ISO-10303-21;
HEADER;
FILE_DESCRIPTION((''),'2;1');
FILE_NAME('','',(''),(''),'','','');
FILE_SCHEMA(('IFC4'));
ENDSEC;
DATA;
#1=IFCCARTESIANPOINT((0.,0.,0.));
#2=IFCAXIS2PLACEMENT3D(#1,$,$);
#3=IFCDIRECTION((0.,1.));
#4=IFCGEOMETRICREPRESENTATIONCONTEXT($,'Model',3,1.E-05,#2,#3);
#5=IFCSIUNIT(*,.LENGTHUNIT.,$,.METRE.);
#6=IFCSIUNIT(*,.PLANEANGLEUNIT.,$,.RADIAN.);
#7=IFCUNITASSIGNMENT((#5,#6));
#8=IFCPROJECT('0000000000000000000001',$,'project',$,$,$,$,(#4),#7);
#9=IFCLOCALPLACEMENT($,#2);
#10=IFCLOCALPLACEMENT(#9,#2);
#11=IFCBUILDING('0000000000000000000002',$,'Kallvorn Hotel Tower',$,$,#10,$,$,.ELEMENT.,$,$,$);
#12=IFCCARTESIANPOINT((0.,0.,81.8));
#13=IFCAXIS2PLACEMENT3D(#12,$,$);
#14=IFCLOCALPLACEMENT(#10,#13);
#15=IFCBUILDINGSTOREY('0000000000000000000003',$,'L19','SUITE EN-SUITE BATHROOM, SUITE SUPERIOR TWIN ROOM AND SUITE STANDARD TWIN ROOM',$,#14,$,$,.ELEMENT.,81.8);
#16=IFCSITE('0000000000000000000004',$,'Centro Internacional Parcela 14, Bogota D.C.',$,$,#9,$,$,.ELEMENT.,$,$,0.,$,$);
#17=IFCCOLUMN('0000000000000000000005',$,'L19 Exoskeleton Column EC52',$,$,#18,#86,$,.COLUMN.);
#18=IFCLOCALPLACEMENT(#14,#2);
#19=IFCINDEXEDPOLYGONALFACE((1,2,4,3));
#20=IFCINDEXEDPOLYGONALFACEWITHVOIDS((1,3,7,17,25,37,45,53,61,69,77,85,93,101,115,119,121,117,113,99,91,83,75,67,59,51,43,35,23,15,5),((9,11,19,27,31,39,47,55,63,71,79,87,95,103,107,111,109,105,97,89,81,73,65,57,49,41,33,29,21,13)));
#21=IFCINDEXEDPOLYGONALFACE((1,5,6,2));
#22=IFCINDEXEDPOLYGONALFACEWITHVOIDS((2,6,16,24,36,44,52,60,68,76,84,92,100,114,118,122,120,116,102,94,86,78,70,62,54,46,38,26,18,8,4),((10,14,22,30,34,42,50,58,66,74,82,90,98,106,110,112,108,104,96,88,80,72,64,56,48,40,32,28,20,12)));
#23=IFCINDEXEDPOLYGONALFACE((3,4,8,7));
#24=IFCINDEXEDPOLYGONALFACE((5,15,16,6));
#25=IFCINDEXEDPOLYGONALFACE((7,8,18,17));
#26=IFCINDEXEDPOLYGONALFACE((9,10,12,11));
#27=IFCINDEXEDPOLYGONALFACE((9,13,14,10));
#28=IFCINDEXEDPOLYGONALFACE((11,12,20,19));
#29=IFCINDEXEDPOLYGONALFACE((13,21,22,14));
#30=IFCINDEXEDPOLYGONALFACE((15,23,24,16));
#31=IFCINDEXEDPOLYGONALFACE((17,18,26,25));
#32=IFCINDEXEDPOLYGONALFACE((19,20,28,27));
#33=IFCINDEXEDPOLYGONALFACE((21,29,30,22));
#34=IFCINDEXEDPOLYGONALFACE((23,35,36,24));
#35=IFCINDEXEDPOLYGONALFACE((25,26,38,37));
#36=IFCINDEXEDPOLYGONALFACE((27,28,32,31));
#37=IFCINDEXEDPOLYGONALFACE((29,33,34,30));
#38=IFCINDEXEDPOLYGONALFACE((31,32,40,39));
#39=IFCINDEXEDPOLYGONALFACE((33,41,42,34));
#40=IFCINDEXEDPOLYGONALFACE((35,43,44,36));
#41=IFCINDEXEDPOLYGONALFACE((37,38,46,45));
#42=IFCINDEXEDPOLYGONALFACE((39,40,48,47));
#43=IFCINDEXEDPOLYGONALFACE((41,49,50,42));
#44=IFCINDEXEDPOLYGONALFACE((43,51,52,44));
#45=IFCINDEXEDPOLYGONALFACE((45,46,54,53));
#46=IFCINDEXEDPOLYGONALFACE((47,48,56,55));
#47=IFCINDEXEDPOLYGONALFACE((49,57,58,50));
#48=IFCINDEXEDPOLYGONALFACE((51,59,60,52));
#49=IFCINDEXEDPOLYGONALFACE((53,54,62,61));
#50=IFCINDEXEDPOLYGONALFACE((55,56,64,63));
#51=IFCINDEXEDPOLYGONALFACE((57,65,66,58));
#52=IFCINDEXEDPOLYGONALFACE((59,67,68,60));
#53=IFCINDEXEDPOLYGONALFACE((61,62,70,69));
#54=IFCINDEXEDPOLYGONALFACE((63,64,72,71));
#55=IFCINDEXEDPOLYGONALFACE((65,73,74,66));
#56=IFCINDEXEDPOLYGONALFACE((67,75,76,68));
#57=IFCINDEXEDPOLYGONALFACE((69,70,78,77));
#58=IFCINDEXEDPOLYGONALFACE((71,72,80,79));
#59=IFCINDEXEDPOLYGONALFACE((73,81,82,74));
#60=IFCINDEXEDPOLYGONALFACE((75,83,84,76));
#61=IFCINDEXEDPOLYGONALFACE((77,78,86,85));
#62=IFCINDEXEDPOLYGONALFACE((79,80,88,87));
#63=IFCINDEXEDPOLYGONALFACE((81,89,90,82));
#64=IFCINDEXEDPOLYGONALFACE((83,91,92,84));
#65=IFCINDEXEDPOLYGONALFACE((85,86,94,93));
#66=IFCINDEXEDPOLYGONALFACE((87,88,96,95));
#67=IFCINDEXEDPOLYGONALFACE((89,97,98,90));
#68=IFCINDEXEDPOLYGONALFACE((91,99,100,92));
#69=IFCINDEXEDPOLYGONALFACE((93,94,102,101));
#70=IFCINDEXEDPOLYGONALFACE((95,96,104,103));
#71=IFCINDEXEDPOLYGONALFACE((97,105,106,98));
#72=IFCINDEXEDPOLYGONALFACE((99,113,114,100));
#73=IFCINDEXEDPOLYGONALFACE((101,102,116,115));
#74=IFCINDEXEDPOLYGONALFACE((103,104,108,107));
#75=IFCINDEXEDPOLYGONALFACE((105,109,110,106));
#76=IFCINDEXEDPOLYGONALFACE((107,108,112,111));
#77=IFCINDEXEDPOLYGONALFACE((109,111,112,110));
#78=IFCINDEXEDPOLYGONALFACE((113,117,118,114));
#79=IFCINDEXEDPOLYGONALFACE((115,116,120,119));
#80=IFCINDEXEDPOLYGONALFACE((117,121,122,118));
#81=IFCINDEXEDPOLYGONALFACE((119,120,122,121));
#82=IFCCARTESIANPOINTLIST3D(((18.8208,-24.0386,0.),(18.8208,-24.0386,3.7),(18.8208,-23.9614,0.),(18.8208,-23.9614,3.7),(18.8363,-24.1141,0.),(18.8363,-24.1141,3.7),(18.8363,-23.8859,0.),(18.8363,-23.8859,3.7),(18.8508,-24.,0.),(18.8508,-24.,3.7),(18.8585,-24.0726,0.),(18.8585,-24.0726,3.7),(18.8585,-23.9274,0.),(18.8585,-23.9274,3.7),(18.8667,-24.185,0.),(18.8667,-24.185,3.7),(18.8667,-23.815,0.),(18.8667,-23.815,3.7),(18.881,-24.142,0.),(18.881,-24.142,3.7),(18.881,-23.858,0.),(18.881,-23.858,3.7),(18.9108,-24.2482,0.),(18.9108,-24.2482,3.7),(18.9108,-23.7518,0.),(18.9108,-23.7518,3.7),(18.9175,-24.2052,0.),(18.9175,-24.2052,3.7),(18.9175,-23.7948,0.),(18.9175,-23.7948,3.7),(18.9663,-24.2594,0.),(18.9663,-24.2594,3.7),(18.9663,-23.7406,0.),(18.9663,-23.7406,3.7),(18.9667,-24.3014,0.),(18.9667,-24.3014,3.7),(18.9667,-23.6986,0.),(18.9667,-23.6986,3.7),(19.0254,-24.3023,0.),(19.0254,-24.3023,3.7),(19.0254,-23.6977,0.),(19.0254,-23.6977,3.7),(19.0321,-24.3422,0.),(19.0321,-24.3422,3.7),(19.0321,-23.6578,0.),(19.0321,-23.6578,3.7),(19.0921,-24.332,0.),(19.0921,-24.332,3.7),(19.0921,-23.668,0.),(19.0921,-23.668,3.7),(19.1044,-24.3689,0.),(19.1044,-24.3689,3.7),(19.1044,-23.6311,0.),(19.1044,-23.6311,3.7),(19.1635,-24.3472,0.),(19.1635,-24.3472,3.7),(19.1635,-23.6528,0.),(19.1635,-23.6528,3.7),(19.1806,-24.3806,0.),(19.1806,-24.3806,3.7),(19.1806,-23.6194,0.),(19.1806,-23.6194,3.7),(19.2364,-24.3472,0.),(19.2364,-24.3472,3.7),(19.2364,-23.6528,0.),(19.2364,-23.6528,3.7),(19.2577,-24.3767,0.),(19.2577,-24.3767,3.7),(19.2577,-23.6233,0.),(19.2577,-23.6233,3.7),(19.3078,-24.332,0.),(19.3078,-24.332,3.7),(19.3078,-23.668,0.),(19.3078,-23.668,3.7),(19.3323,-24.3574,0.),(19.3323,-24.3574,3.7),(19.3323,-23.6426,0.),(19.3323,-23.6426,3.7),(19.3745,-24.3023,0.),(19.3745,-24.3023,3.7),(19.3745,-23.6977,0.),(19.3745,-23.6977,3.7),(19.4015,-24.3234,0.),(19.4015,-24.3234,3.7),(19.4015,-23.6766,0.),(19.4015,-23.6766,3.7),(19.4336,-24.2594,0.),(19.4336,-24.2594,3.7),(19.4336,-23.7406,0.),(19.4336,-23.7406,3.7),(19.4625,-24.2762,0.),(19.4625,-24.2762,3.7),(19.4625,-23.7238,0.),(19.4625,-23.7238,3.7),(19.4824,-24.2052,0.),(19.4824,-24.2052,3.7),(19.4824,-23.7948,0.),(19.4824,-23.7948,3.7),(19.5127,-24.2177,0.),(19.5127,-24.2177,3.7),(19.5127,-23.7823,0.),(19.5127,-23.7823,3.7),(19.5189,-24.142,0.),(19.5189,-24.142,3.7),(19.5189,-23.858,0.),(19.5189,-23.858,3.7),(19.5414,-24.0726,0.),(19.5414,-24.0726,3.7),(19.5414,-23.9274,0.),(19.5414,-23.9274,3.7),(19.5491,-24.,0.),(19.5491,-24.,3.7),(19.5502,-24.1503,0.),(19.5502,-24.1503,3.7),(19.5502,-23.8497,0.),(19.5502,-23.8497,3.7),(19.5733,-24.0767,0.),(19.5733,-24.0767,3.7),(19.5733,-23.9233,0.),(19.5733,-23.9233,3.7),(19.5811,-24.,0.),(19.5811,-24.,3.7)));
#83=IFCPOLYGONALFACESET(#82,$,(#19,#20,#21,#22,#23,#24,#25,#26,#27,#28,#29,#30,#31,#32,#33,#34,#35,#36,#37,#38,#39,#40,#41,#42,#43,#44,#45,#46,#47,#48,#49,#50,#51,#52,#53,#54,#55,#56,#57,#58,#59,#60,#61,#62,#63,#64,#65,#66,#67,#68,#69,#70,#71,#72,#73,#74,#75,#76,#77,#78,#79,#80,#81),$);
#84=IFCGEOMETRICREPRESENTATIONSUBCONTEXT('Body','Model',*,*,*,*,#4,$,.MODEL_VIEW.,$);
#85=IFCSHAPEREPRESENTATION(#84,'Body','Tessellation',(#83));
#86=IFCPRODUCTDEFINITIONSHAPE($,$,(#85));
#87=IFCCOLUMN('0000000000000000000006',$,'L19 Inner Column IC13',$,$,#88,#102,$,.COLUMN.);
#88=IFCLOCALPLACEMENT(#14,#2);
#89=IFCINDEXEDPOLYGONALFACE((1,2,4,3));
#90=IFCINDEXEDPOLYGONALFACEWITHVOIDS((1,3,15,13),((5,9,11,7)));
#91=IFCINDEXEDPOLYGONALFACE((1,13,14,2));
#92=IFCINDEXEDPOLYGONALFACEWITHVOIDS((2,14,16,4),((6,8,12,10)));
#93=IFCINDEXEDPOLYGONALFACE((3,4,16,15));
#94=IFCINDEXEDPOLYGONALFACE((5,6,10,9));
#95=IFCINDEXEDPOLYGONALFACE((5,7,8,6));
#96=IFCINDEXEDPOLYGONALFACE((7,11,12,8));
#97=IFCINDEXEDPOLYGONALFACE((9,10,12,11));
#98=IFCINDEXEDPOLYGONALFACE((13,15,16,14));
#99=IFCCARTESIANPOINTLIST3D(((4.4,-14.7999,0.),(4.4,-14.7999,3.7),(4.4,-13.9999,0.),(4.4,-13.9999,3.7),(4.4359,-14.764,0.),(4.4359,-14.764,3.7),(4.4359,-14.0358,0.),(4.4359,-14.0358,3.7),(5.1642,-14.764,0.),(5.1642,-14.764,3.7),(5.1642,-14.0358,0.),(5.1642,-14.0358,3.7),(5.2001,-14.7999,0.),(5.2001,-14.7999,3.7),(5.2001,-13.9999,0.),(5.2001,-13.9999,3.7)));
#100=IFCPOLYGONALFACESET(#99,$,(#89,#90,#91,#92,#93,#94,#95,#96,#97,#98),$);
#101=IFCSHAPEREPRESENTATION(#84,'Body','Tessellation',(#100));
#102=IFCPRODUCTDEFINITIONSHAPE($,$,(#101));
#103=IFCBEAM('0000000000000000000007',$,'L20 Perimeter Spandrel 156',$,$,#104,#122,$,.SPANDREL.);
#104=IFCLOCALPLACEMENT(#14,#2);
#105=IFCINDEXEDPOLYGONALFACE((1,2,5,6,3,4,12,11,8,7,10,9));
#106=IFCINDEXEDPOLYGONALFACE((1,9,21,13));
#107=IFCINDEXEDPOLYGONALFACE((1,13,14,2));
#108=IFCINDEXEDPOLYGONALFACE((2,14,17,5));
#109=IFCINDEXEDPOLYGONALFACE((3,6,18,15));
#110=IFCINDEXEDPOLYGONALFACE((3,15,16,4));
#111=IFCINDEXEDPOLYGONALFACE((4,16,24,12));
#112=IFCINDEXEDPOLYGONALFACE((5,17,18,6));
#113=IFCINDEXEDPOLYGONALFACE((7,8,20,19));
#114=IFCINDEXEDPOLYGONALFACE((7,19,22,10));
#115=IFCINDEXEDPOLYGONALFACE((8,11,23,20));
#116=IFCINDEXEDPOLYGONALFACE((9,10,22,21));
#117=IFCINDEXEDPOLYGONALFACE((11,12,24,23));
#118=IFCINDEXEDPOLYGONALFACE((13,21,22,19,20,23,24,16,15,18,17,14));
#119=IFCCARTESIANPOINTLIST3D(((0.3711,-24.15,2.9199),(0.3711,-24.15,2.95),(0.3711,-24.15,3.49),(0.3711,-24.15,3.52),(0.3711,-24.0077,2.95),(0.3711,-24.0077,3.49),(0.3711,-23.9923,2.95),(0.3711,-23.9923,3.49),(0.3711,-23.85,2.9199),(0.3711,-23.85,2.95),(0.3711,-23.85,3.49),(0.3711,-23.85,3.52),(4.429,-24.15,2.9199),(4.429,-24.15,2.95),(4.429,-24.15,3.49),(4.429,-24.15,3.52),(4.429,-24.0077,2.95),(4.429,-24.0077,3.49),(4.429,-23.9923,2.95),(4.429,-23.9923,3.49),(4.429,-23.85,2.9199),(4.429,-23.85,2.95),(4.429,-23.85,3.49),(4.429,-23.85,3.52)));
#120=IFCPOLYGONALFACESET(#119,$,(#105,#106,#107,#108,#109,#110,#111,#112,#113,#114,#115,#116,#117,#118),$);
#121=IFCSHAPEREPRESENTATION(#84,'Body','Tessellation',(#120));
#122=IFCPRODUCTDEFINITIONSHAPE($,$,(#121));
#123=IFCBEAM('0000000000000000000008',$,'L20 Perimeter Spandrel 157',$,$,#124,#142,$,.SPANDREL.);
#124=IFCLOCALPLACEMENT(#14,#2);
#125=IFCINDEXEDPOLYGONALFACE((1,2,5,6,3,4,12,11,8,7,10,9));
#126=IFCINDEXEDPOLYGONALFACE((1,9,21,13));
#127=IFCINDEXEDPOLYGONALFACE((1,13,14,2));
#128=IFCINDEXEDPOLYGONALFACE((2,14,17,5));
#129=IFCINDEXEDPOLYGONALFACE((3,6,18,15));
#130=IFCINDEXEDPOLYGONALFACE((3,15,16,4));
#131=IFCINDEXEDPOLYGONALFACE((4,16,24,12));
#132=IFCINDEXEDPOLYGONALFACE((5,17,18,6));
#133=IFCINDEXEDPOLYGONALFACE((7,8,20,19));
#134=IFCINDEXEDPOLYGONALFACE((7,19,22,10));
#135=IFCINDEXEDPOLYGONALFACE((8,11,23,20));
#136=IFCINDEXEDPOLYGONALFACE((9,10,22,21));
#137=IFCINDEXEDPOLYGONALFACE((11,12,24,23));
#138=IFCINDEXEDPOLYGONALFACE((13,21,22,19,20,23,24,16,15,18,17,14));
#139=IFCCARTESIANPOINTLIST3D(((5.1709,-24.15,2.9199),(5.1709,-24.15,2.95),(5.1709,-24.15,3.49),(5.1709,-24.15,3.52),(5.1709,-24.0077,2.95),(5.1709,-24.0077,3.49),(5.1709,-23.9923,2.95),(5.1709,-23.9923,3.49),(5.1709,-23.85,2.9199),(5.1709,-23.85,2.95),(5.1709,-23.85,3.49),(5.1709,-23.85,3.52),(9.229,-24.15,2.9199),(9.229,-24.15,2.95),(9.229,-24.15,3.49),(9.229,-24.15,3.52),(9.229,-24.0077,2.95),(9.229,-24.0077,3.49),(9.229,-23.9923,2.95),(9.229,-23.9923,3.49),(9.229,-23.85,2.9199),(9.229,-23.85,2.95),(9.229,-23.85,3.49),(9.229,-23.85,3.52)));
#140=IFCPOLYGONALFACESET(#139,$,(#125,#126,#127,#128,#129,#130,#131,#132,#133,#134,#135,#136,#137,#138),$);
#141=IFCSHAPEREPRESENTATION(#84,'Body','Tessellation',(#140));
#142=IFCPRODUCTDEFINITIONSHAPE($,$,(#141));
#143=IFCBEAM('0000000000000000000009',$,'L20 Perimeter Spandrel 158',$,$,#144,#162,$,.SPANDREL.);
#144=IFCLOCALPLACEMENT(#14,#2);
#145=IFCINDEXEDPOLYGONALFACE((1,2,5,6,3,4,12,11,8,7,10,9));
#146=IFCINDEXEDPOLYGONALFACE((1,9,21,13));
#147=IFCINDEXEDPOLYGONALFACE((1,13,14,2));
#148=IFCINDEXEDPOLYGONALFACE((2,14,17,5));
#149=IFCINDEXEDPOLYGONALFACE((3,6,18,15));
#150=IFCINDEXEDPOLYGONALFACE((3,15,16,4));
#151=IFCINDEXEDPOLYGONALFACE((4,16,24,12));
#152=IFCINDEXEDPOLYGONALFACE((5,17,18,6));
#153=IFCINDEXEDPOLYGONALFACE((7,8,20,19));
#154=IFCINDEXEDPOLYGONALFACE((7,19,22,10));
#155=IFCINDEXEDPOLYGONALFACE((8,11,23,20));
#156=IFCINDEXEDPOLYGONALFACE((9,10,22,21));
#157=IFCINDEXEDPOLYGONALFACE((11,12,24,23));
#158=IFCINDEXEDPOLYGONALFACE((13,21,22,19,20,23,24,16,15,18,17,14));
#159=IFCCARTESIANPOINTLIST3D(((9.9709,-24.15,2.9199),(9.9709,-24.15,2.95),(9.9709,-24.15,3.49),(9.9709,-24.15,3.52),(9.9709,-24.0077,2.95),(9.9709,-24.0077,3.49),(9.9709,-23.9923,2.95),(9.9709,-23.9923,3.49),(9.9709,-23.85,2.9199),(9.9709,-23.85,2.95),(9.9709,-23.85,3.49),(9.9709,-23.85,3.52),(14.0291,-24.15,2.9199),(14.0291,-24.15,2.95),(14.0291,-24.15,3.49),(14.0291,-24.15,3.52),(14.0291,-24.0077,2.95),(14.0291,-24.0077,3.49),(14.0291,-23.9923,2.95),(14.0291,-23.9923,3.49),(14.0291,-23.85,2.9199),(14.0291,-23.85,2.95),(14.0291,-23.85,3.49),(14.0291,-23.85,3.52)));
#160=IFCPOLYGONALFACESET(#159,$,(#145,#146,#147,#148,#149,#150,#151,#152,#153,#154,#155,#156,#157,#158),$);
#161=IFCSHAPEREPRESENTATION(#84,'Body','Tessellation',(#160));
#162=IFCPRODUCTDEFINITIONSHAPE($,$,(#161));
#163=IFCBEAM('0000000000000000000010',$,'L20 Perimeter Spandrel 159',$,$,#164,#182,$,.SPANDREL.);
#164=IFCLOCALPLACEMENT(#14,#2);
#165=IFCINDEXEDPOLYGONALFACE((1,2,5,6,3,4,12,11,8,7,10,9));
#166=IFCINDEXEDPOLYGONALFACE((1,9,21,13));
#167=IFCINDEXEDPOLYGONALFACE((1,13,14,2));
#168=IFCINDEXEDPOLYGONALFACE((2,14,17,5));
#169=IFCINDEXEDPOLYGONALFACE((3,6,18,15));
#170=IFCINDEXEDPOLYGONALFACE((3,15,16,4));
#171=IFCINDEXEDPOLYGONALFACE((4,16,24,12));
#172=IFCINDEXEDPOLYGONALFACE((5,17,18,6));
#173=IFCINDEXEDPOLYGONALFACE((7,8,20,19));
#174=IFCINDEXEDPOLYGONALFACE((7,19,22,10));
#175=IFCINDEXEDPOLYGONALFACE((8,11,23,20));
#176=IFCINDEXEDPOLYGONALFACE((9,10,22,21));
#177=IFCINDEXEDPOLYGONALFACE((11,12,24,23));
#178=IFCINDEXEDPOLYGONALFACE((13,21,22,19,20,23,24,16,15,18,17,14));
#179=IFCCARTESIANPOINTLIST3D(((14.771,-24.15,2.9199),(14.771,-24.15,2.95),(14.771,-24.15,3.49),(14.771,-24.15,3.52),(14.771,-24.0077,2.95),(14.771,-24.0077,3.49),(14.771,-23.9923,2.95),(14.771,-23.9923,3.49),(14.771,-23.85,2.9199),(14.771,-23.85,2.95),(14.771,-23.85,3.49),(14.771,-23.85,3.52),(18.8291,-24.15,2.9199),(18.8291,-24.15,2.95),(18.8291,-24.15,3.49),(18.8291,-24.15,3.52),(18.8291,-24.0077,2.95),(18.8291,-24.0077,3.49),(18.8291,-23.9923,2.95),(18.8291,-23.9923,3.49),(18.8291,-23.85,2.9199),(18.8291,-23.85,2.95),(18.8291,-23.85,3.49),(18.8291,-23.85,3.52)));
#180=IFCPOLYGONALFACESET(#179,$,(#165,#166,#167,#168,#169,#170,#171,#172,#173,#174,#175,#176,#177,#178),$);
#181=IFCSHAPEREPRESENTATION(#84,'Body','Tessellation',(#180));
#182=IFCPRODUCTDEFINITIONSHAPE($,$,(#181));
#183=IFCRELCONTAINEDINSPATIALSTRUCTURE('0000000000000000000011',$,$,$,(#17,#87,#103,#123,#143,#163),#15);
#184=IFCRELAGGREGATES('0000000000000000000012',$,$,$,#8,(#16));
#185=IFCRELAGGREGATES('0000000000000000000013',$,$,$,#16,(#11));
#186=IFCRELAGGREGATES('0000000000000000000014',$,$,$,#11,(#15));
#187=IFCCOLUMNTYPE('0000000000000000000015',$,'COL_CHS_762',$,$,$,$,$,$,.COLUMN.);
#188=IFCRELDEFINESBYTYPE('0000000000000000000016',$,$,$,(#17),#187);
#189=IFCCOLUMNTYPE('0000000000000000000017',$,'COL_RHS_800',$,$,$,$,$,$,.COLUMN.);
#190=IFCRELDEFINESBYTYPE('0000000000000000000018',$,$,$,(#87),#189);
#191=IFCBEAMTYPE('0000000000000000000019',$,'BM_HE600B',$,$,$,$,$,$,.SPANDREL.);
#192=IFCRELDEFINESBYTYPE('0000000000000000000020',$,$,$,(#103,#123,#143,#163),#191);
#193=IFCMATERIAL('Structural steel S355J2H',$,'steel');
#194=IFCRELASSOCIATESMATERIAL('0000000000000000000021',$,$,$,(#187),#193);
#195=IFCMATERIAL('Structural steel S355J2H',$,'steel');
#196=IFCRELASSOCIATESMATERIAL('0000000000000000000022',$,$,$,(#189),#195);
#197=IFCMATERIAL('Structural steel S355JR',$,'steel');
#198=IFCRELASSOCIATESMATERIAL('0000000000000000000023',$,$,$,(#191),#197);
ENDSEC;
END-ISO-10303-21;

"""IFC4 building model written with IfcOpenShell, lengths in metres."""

from ifc_helpers import new_model, si_unit, direction, frame, origin, origin_2d, place, context, subcontext, project, spatial, hollow_rectangle, hollow_circle, i_section, extrude, material, material_profile, profile_set, type_object, element, save


model = new_model("IFC4")

# Units and contexts
model_context = context("Model", 3, precision=1e-05, world=origin(), true_north=direction((0.0, 1.0)))
body_context = subcontext(model_context, "Body", "Model", "MODEL_VIEW")
ifc_project = project(units=[si_unit("LENGTHUNIT", "METRE"), si_unit("PLANEANGLEUNIT", "RADIAN")], contexts=[model_context])

# Site, building, storey
site_placement = place(None, origin())
site = spatial("IfcSite", under=ifc_project, at=site_placement, Name="Centro Internacional Parcela 14, Bogota D.C.", CompositionType="ELEMENT", RefElevation=0.0)
building_placement = place(site_placement, origin())
building = spatial("IfcBuilding", under=site, at=building_placement, Name="Kallvorn Hotel Tower", CompositionType="ELEMENT")
storey_placement = place(building_placement, frame((0.0, 0.0, 81.8)))
storey = spatial("IfcBuildingStorey", under=building, at=storey_placement, Name="L19", Description="SUITE EN-SUITE BATHROOM, SUITE SUPERIOR TWIN ROOM AND SUITE STANDARD TWIN ROOM", CompositionType="ELEMENT", Elevation=81.8)

# Columns
ifc_material_1 = material(Name="Structural steel S355J2H", Category="steel")
ifc_material_profile_1 = material_profile(ifc_material_1, hollow_circle(Radius=0.3811, WallThickness=0.032, at=origin_2d()), Name="CHS 762x32")
ifc_profile_set_1 = profile_set([ifc_material_profile_1], Name="Structural steel S355J2H")
column_type_1 = type_object("IfcColumnType", Name="COL_CHS_762", PredefinedType="COLUMN", material=ifc_profile_set_1)
for number, where, z_axis, x_axis, name in (
    (1, (19.2, -24.0, 0.0), (0.0, 0.0, 1.0), (1.0, 0.0, 0.0), "L19 Exoskeleton Column EC52"),
):
    element("IfcColumn", number, at=place(storey_placement, frame(where, z_axis=z_axis, x_axis=x_axis)), inside=storey, type_object=column_type_1, Name=name, PredefinedType="COLUMN", context=body_context, shape_type="SweptSolid", body=[
        extrude(hollow_circle(Radius=0.3811, WallThickness=0.032, at=origin_2d()), origin(), (0.0, 0.0, 1.0), 3.7),
    ])
ifc_material_2 = material(Name="Structural steel S355J2H", Category="steel")
ifc_material_profile_2 = material_profile(ifc_material_2, hollow_rectangle(XDim=0.8, YDim=0.8, WallThickness=0.0359, at=origin_2d()), Name="RHS 800x800x36")
ifc_profile_set_2 = profile_set([ifc_material_profile_2], Name="Structural steel S355J2H")
column_type_2 = type_object("IfcColumnType", Name="COL_RHS_800", PredefinedType="COLUMN", material=ifc_profile_set_2)
column_placement = place(storey_placement, frame((4.8, -14.3999, 0.0), z_axis=(0.0, 0.0, 1.0), x_axis=(1.0, 0.0, 0.0)))
element("IfcColumn", 2, at=column_placement, inside=storey, type_object=column_type_2, Name="L19 Inner Column IC13", PredefinedType="COLUMN", context=body_context, shape_type="SweptSolid", body=[
    extrude(hollow_rectangle(XDim=0.8, YDim=0.8, WallThickness=0.0359, at=origin_2d()), origin(), (0.0, 0.0, 1.0), 3.7),
])

# Beams
ifc_material_3 = material(Name="Structural steel S355JR", Category="steel")
ifc_material_profile_3 = material_profile(ifc_material_3, i_section(OverallWidth=0.3, OverallDepth=0.6001, WebThickness=0.0154, FlangeThickness=0.03, at=origin_2d()), Name="HE 600 B")
ifc_profile_set_3 = profile_set([ifc_material_profile_3], Name="Structural steel S355JR")
beam_type_1 = type_object("IfcBeamType", Name="BM_HE600B", PredefinedType="SPANDREL", material=ifc_profile_set_3)
beam_1_placement = place(storey_placement, frame((0.3711, -24.0, 3.22), z_axis=(1.0, 0.0, 0.0), x_axis=(0.0, 1.0, 0.0)))
element("IfcBeam", 3, at=beam_1_placement, inside=storey, type_object=beam_type_1, Name="L20 Perimeter Spandrel 156", PredefinedType="SPANDREL", context=body_context, shape_type="SweptSolid", body=[
    extrude(i_section(OverallWidth=0.3, OverallDepth=0.6001, WebThickness=0.0154, FlangeThickness=0.03, at=origin_2d()), origin(), (0.0, 0.0, 1.0), 4.0579),
])
for number, where, z_axis, x_axis, name in (
    (4, (5.1709, -24.0, 3.22), (1.0, 0.0, 0.0), (0.0, 1.0, 0.0), "L20 Perimeter Spandrel 157"),
    (5, (9.9709, -24.0, 3.22), (1.0, 0.0, 0.0), (0.0, 1.0, 0.0), "L20 Perimeter Spandrel 158"),
    (6, (14.771, -24.0, 3.22), (1.0, 0.0, 0.0), (0.0, 1.0, 0.0), "L20 Perimeter Spandrel 159"),
):
    element("IfcBeam", number, at=place(storey_placement, frame(where, z_axis=z_axis, x_axis=x_axis)), inside=storey, type_object=beam_type_1, Name=name, PredefinedType="SPANDREL", context=body_context, shape_type="SweptSolid", body=[
        extrude(i_section(OverallWidth=0.3, OverallDepth=0.6001, WebThickness=0.0154, FlangeThickness=0.03, at=origin_2d()), origin(), (0.0, 0.0, 1.0), 4.0581),
    ])

save(model, "model.ifc")
